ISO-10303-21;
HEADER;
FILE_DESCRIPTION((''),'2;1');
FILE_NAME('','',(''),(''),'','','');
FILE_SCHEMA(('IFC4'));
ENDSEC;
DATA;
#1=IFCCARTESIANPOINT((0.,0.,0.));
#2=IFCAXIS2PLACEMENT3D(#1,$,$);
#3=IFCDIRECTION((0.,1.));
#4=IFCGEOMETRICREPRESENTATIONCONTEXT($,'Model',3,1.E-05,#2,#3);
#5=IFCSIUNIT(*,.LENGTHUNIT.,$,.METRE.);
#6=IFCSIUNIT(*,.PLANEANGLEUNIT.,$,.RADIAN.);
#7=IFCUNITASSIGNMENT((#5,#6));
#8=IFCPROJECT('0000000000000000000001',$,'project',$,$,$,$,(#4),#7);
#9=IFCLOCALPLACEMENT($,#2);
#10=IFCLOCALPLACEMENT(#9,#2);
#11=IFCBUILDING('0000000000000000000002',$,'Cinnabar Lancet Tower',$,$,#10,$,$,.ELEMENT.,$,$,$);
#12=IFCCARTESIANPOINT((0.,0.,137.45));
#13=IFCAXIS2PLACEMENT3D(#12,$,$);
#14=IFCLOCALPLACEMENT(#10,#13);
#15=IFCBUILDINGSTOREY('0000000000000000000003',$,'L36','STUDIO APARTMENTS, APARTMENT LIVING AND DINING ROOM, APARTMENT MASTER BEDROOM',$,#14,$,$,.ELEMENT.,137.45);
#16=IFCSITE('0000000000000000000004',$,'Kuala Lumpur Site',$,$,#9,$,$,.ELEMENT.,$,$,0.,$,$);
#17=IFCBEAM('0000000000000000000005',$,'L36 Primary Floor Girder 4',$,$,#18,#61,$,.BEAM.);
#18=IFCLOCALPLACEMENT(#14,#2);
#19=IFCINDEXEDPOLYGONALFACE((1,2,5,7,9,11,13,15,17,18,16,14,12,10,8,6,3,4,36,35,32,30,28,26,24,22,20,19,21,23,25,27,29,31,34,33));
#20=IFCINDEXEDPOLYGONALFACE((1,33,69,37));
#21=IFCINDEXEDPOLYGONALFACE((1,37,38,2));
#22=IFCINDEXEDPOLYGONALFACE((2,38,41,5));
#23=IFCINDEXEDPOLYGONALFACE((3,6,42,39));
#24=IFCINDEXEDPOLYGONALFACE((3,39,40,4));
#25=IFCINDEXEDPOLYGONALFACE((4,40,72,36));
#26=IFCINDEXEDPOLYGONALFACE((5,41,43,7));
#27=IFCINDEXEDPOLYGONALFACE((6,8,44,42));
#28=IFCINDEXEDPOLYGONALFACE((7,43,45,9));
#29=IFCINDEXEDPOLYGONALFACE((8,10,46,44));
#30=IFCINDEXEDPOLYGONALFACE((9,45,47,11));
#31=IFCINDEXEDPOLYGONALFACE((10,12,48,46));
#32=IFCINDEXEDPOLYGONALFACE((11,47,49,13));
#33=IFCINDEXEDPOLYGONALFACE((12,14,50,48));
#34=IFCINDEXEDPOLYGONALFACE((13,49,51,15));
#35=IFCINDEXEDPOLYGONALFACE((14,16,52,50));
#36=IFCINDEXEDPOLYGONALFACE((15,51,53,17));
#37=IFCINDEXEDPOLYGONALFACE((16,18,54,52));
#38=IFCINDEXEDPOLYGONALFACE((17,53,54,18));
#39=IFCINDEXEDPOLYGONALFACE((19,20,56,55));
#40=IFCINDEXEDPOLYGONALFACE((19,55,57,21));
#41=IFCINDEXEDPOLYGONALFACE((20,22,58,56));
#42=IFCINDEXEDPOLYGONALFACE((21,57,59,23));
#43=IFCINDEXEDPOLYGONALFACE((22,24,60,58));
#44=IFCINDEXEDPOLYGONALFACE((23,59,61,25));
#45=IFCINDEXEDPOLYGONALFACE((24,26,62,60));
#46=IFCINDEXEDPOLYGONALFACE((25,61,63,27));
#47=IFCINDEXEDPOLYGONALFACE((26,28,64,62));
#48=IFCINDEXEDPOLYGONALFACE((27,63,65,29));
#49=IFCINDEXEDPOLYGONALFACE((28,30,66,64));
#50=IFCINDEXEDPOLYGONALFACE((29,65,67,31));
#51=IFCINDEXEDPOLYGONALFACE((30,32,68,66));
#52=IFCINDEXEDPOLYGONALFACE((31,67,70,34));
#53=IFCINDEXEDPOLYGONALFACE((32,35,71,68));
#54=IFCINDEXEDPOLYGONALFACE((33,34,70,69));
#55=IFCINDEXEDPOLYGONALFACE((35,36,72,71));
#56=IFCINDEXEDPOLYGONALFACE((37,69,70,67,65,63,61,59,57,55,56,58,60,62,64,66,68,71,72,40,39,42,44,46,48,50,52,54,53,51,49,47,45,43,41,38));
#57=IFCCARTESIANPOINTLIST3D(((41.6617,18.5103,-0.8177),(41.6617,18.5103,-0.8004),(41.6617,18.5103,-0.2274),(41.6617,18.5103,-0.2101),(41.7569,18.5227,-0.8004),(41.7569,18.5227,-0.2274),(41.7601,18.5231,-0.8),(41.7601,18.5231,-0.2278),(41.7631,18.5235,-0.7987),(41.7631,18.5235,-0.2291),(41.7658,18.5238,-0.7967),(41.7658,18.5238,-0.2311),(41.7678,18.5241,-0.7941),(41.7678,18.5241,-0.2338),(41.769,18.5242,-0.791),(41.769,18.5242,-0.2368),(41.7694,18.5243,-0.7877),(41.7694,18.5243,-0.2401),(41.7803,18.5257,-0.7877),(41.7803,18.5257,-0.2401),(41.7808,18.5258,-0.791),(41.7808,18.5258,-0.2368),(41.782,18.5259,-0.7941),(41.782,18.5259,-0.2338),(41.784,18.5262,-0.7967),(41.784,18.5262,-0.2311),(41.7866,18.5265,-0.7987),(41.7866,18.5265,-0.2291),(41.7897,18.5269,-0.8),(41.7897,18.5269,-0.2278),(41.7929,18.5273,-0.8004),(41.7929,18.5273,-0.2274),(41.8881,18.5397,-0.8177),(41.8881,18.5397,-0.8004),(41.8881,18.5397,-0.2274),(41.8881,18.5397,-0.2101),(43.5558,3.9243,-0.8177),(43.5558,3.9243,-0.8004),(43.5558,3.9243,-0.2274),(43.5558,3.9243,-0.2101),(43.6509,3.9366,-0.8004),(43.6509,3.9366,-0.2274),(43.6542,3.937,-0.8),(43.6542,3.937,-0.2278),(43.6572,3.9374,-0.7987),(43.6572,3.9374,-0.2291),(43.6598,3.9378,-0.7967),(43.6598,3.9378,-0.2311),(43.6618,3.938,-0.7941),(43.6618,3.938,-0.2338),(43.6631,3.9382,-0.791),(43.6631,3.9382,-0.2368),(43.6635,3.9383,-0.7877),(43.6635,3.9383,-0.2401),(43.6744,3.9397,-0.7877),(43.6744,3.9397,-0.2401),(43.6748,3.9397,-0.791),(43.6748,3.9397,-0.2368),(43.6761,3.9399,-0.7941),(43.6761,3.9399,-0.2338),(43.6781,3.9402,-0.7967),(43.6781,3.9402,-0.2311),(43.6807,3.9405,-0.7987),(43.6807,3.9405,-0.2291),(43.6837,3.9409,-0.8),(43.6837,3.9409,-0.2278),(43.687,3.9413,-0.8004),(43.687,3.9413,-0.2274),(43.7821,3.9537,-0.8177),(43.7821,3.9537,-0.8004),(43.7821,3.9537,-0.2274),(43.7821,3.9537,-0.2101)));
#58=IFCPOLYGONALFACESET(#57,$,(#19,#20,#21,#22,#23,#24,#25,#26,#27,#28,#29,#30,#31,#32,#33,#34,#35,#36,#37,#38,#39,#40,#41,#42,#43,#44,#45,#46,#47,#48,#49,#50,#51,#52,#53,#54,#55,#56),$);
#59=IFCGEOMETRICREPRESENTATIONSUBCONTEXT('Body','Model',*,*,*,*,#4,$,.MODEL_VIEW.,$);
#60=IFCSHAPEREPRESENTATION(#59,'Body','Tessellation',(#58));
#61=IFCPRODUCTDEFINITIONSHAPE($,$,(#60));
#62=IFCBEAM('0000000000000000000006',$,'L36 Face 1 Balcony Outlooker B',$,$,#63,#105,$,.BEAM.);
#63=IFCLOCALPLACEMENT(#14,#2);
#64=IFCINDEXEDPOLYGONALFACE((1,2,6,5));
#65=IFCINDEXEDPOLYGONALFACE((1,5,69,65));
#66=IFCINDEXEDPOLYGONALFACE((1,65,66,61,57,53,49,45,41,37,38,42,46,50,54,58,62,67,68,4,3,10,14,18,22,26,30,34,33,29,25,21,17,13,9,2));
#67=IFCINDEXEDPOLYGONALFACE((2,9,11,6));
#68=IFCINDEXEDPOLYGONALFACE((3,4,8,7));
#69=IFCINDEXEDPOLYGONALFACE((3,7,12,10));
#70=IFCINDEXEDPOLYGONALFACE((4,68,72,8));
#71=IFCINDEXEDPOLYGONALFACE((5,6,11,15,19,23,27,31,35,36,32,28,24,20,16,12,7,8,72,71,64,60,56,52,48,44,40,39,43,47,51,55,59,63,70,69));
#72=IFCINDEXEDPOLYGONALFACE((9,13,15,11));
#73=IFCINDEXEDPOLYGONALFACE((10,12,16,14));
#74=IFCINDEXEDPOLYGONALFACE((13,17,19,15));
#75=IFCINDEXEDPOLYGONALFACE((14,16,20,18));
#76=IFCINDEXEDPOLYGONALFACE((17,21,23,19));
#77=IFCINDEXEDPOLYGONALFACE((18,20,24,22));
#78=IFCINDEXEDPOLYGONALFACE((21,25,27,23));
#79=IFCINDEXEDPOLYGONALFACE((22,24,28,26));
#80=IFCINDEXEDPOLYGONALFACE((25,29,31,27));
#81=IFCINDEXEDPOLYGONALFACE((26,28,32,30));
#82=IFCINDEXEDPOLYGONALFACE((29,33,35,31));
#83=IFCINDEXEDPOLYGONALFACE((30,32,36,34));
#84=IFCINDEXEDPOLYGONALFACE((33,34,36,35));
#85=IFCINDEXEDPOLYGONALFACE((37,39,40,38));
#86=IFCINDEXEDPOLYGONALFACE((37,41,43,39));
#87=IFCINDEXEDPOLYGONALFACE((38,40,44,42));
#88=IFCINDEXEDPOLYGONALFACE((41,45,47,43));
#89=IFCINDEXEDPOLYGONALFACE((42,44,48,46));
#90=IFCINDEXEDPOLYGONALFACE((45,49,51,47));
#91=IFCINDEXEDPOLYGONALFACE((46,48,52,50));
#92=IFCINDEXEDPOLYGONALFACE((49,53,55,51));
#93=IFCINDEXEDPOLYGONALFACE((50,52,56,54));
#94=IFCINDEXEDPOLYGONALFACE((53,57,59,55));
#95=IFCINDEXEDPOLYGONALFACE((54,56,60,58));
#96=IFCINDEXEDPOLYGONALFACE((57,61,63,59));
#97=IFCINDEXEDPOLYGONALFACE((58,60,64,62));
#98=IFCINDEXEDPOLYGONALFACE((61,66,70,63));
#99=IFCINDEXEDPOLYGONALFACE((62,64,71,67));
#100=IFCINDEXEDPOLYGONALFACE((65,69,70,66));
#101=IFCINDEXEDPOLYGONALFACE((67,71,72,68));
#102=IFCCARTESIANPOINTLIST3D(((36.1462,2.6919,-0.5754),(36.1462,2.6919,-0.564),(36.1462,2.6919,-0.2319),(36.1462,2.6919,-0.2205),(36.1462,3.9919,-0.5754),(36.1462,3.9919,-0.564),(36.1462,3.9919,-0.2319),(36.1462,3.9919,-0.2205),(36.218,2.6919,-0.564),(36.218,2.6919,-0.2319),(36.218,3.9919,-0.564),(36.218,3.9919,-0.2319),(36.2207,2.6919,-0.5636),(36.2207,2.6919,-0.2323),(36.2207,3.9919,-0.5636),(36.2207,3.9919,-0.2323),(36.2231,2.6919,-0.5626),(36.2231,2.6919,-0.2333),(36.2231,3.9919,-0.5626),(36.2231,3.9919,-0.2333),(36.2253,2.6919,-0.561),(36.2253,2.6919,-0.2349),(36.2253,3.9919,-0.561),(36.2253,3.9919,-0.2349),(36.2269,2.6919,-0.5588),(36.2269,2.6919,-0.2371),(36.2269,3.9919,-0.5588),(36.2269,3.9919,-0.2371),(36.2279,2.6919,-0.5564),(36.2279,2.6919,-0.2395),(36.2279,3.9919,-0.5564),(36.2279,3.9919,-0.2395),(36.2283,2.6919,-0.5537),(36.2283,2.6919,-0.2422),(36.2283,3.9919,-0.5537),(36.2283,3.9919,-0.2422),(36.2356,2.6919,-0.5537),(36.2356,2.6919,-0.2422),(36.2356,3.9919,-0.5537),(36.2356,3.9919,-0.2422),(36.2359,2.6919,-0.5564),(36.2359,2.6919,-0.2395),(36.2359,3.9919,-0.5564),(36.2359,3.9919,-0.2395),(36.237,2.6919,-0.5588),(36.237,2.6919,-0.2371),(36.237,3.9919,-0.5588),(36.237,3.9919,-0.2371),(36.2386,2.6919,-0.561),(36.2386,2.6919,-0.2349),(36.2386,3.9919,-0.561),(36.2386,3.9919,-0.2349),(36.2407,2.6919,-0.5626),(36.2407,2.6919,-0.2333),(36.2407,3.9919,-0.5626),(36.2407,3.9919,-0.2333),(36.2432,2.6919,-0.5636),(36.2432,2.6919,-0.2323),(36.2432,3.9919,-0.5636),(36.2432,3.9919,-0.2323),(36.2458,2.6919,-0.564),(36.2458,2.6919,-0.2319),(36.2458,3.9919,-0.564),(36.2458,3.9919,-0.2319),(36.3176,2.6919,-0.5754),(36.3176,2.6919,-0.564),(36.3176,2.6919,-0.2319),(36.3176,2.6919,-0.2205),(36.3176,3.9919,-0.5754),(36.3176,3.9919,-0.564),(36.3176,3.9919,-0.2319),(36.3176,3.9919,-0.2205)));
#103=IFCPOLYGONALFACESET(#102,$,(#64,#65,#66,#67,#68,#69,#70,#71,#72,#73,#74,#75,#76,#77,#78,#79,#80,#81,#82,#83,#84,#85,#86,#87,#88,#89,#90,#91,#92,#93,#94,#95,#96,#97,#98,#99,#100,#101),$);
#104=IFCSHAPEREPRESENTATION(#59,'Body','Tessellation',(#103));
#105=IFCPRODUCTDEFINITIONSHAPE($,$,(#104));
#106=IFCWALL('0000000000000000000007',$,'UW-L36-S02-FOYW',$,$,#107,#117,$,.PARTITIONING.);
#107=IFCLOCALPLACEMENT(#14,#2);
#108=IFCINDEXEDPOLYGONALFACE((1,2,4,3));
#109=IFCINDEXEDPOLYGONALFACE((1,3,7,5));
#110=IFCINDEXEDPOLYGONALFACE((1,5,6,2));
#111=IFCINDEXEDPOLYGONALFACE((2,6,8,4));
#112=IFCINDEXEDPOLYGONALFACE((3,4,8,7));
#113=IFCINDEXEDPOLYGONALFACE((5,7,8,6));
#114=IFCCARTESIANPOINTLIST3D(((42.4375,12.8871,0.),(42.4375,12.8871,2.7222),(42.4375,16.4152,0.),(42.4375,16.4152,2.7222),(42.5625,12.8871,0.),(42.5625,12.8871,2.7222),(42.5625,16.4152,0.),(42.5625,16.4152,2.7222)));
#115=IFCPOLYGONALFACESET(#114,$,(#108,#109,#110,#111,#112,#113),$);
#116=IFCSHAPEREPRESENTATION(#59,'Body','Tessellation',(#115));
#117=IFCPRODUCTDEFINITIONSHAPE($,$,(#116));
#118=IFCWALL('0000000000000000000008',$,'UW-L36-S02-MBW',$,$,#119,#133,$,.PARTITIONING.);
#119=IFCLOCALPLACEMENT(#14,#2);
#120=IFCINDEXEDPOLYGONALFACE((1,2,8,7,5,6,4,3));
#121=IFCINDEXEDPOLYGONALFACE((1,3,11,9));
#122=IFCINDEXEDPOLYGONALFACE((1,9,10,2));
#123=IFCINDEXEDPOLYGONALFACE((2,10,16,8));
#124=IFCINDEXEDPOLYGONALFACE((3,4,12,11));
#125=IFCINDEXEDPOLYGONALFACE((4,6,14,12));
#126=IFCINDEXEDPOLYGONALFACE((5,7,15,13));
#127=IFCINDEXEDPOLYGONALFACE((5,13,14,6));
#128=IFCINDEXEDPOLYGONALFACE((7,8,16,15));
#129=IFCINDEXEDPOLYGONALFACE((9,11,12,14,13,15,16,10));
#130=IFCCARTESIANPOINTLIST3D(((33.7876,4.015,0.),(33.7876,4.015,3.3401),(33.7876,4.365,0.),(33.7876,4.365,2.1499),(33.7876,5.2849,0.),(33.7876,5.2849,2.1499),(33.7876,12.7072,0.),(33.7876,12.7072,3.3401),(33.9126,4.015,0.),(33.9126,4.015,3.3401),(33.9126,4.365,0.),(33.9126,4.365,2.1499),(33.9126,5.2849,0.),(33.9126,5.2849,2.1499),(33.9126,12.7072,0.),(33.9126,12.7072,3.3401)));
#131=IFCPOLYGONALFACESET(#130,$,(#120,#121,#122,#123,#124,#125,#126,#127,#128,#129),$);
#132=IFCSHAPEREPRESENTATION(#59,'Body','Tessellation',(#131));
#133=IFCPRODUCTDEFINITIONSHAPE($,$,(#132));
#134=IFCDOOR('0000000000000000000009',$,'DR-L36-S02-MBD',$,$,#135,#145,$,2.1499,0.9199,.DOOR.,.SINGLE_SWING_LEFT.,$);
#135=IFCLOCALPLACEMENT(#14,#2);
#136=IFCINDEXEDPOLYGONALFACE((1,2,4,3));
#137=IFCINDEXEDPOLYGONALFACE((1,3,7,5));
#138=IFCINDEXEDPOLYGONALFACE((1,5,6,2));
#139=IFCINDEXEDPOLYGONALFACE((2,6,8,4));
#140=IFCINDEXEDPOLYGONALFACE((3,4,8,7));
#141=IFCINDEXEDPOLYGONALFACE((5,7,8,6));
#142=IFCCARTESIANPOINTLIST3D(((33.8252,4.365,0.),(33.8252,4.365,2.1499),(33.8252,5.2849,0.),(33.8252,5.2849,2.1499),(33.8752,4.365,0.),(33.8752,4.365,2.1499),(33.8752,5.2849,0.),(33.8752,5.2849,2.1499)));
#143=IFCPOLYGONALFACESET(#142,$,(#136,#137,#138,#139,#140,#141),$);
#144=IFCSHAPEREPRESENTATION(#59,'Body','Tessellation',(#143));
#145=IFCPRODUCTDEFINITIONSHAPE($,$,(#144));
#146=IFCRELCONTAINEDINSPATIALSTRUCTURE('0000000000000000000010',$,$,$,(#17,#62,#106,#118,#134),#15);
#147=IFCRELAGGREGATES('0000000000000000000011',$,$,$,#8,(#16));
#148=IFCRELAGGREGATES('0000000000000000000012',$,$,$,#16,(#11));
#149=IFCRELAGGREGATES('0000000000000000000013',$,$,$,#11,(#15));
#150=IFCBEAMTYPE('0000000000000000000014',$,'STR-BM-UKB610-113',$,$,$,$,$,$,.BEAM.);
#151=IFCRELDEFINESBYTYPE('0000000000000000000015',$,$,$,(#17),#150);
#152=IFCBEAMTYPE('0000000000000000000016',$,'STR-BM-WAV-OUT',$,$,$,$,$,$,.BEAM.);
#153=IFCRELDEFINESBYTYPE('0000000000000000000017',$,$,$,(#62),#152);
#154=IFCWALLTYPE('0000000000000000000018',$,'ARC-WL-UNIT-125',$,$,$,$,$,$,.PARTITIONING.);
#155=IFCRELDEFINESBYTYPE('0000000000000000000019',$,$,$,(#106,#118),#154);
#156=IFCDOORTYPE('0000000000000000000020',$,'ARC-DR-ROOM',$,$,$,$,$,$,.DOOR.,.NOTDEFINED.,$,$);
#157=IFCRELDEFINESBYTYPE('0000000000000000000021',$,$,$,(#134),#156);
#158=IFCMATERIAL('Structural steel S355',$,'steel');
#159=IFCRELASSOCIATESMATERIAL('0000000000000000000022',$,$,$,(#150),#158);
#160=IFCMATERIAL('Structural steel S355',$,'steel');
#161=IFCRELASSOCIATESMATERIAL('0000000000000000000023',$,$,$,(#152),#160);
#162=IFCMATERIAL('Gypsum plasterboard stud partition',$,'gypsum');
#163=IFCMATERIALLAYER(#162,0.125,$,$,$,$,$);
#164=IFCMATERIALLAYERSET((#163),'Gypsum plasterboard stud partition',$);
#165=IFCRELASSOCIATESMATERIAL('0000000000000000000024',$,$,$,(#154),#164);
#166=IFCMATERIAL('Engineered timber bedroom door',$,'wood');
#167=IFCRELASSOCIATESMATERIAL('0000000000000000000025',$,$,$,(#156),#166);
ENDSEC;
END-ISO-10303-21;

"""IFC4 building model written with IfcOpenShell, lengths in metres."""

from ifc_helpers import new_model, si_unit, direction, frame, frame_2d, origin, origin_2d, place, context, subcontext, project, spatial, rectangle, i_section, extrude, material, layer, layer_set, material_profile, profile_set, type_object, element, fill, save


model = new_model("IFC4")

# Units and contexts
model_context = context("Model", 3, precision=1e-05, world=origin(), true_north=direction((0.0, 1.0)))
body_context = subcontext(model_context, "Body", "Model", "MODEL_VIEW")
ifc_project = project(units=[si_unit("LENGTHUNIT", "METRE"), si_unit("PLANEANGLEUNIT", "RADIAN")], contexts=[model_context])

# Site, building, storey
site_placement = place(None, origin())
site = spatial("IfcSite", under=ifc_project, at=site_placement, Name="Kuala Lumpur Site", CompositionType="ELEMENT", RefElevation=0.0)
building_placement = place(site_placement, origin())
building = spatial("IfcBuilding", under=site, at=building_placement, Name="Cinnabar Lancet Tower", CompositionType="ELEMENT")
storey_placement = place(building_placement, frame((0.0, 0.0, 137.45)))
storey = spatial("IfcBuildingStorey", under=building, at=storey_placement, Name="L36", Description="STUDIO APARTMENTS, APARTMENT LIVING AND DINING ROOM, APARTMENT MASTER BEDROOM", CompositionType="ELEMENT", Elevation=137.45)

# Beams
ifc_material_1 = material(Name="Structural steel S355", Category="steel")
ifc_material_profile_1 = material_profile(ifc_material_1, i_section(OverallWidth=0.2283, OverallDepth=0.6077, WebThickness=0.011, FlangeThickness=0.0173, FilletRadius=0.0127, at=origin_2d()), Name="UKB 610x229x113")
ifc_profile_set_1 = profile_set([ifc_material_profile_1], Name="Structural steel S355")
beam_type_1 = type_object("IfcBeamType", Name="STR-BM-UKB610-113", PredefinedType="BEAM", material=ifc_profile_set_1)
beam_1_placement = place(storey_placement, frame((43.6689, 3.939, -0.5139), z_axis=(-0.128773, 0.991674, 0.0), x_axis=(-0.991674, -0.128773, 0.0)))
element("IfcBeam", 1, at=beam_1_placement, inside=storey, type_object=beam_type_1, Name="L36 Primary Floor Girder 4", PredefinedType="BEAM", context=body_context, shape_type="SweptSolid", body=[
    extrude(i_section(OverallWidth=0.2283, OverallDepth=0.6077, WebThickness=0.011, FlangeThickness=0.0173, FilletRadius=0.0127, at=origin_2d()), origin(), (0.0, 0.0, 1.0), 14.7085),
])
ifc_material_2 = material(Name="Structural steel S355", Category="steel")
ifc_material_profile_2 = material_profile(ifc_material_2, i_section(OverallWidth=0.1714, OverallDepth=0.355, WebThickness=0.0073, FlangeThickness=0.0115, FilletRadius=0.0103, at=origin_2d()), Name="UKB 356x171x51")
ifc_profile_set_2 = profile_set([ifc_material_profile_2], Name="Structural steel S355")
beam_type_2 = type_object("IfcBeamType", Name="STR-BM-WAV-OUT", PredefinedType="BEAM", material=ifc_profile_set_2)
beam_2_placement = place(storey_placement, frame((36.2319, 3.9919, -0.3979), z_axis=(0.0, -1.0, 0.0), x_axis=(1.0, 0.0, 0.0)))
element("IfcBeam", 2, at=beam_2_placement, inside=storey, type_object=beam_type_2, Name="L36 Face 1 Balcony Outlooker B", PredefinedType="BEAM", context=body_context, shape_type="SweptSolid", body=[
    extrude(i_section(OverallWidth=0.1714, OverallDepth=0.355, WebThickness=0.0073, FlangeThickness=0.0115, FilletRadius=0.0103, at=origin_2d()), origin(), (0.0, 0.0, 1.0), 1.3),
])

# Wall
ifc_material_3 = material(Name="Gypsum plasterboard stud partition", Category="gypsum")
ifc_layer_1 = layer(ifc_material_3, 0.125)
ifc_layer_set_1 = layer_set([ifc_layer_1], Name="Gypsum plasterboard stud partition")
wall_type_1 = type_object("IfcWallType", Name="ARC-WL-UNIT-125", PredefinedType="PARTITIONING", material=ifc_layer_set_1)
wall_1_placement = place(storey_placement, frame((42.5, 12.887, 0.0), z_axis=(0.0, 0.0, 1.0), x_axis=(0.0, 1.0, 0.0)))
element("IfcWall", 3, at=wall_1_placement, inside=storey, type_object=wall_type_1, Name="UW-L36-S02-FOYW", PredefinedType="PARTITIONING", context=body_context, shape_type="SweptSolid", body=[
    extrude(rectangle(XDim=3.5281, YDim=0.125, at=frame_2d((1.7642, 0.0))), origin(), (0.0, 0.0, 1.0), 2.7222),
])

# Wall, opening, door
wall_2_placement = place(storey_placement, frame((33.8501, 4.0149, 0.0), z_axis=(0.0, 0.0, 1.0), x_axis=(0.0, 1.0, 0.0)))
wall_2 = element("IfcWall", 4, at=wall_2_placement, inside=storey, type_object=wall_type_1, Name="UW-L36-S02-MBW", PredefinedType="PARTITIONING", context=body_context, shape_type="SweptSolid", body=[
    extrude(rectangle(XDim=8.6921, YDim=0.125, at=frame_2d((4.3462, 0.0))), origin(), (0.0, 0.0, 1.0), 3.3401),
])
opening_1_placement = place(wall_2_placement, frame((0.3501, 0.0, 0.0)))
opening_1 = element("IfcOpeningElement", 5, at=opening_1_placement, cuts=wall_2, PredefinedType="OPENING", context=body_context, shape_type="SweptSolid", body=[
    extrude(rectangle(XDim=0.9199, YDim=2.1499, at=frame_2d((0.46, 1.075))), frame((0.0, 0.0725, 0.0), z_axis=(0.0, -1.0, 0.0), x_axis=(1.0, 0.0, 0.0)), (0.0, 0.0, 1.0), 0.145),
])
ifc_material_4 = material(Name="Engineered timber bedroom door", Category="wood")
door_type_1 = type_object("IfcDoorType", Name="ARC-DR-ROOM", OperationType="NOTDEFINED", PredefinedType="DOOR", material=ifc_material_4)
door_1_placement = place(opening_1_placement, origin())
door_1 = element("IfcDoor", 6, at=door_1_placement, inside=storey, type_object=door_type_1, Name="DR-L36-S02-MBD", OperationType="SINGLE_SWING_LEFT", OverallHeight=2.1499, OverallWidth=0.9199, PredefinedType="DOOR", context=body_context, shape_type="SweptSolid", body=[
    extrude(rectangle(XDim=0.9199, YDim=2.1499, at=frame_2d((0.46, 1.075))), frame((0.0, 0.0249, 0.0), z_axis=(0.0, -1.0, 0.0), x_axis=(1.0, 0.0, 0.0)), (0.0, 0.0, 1.0), 0.05),
])
fill(opening_1, door_1)

save(model, "model.ifc")
